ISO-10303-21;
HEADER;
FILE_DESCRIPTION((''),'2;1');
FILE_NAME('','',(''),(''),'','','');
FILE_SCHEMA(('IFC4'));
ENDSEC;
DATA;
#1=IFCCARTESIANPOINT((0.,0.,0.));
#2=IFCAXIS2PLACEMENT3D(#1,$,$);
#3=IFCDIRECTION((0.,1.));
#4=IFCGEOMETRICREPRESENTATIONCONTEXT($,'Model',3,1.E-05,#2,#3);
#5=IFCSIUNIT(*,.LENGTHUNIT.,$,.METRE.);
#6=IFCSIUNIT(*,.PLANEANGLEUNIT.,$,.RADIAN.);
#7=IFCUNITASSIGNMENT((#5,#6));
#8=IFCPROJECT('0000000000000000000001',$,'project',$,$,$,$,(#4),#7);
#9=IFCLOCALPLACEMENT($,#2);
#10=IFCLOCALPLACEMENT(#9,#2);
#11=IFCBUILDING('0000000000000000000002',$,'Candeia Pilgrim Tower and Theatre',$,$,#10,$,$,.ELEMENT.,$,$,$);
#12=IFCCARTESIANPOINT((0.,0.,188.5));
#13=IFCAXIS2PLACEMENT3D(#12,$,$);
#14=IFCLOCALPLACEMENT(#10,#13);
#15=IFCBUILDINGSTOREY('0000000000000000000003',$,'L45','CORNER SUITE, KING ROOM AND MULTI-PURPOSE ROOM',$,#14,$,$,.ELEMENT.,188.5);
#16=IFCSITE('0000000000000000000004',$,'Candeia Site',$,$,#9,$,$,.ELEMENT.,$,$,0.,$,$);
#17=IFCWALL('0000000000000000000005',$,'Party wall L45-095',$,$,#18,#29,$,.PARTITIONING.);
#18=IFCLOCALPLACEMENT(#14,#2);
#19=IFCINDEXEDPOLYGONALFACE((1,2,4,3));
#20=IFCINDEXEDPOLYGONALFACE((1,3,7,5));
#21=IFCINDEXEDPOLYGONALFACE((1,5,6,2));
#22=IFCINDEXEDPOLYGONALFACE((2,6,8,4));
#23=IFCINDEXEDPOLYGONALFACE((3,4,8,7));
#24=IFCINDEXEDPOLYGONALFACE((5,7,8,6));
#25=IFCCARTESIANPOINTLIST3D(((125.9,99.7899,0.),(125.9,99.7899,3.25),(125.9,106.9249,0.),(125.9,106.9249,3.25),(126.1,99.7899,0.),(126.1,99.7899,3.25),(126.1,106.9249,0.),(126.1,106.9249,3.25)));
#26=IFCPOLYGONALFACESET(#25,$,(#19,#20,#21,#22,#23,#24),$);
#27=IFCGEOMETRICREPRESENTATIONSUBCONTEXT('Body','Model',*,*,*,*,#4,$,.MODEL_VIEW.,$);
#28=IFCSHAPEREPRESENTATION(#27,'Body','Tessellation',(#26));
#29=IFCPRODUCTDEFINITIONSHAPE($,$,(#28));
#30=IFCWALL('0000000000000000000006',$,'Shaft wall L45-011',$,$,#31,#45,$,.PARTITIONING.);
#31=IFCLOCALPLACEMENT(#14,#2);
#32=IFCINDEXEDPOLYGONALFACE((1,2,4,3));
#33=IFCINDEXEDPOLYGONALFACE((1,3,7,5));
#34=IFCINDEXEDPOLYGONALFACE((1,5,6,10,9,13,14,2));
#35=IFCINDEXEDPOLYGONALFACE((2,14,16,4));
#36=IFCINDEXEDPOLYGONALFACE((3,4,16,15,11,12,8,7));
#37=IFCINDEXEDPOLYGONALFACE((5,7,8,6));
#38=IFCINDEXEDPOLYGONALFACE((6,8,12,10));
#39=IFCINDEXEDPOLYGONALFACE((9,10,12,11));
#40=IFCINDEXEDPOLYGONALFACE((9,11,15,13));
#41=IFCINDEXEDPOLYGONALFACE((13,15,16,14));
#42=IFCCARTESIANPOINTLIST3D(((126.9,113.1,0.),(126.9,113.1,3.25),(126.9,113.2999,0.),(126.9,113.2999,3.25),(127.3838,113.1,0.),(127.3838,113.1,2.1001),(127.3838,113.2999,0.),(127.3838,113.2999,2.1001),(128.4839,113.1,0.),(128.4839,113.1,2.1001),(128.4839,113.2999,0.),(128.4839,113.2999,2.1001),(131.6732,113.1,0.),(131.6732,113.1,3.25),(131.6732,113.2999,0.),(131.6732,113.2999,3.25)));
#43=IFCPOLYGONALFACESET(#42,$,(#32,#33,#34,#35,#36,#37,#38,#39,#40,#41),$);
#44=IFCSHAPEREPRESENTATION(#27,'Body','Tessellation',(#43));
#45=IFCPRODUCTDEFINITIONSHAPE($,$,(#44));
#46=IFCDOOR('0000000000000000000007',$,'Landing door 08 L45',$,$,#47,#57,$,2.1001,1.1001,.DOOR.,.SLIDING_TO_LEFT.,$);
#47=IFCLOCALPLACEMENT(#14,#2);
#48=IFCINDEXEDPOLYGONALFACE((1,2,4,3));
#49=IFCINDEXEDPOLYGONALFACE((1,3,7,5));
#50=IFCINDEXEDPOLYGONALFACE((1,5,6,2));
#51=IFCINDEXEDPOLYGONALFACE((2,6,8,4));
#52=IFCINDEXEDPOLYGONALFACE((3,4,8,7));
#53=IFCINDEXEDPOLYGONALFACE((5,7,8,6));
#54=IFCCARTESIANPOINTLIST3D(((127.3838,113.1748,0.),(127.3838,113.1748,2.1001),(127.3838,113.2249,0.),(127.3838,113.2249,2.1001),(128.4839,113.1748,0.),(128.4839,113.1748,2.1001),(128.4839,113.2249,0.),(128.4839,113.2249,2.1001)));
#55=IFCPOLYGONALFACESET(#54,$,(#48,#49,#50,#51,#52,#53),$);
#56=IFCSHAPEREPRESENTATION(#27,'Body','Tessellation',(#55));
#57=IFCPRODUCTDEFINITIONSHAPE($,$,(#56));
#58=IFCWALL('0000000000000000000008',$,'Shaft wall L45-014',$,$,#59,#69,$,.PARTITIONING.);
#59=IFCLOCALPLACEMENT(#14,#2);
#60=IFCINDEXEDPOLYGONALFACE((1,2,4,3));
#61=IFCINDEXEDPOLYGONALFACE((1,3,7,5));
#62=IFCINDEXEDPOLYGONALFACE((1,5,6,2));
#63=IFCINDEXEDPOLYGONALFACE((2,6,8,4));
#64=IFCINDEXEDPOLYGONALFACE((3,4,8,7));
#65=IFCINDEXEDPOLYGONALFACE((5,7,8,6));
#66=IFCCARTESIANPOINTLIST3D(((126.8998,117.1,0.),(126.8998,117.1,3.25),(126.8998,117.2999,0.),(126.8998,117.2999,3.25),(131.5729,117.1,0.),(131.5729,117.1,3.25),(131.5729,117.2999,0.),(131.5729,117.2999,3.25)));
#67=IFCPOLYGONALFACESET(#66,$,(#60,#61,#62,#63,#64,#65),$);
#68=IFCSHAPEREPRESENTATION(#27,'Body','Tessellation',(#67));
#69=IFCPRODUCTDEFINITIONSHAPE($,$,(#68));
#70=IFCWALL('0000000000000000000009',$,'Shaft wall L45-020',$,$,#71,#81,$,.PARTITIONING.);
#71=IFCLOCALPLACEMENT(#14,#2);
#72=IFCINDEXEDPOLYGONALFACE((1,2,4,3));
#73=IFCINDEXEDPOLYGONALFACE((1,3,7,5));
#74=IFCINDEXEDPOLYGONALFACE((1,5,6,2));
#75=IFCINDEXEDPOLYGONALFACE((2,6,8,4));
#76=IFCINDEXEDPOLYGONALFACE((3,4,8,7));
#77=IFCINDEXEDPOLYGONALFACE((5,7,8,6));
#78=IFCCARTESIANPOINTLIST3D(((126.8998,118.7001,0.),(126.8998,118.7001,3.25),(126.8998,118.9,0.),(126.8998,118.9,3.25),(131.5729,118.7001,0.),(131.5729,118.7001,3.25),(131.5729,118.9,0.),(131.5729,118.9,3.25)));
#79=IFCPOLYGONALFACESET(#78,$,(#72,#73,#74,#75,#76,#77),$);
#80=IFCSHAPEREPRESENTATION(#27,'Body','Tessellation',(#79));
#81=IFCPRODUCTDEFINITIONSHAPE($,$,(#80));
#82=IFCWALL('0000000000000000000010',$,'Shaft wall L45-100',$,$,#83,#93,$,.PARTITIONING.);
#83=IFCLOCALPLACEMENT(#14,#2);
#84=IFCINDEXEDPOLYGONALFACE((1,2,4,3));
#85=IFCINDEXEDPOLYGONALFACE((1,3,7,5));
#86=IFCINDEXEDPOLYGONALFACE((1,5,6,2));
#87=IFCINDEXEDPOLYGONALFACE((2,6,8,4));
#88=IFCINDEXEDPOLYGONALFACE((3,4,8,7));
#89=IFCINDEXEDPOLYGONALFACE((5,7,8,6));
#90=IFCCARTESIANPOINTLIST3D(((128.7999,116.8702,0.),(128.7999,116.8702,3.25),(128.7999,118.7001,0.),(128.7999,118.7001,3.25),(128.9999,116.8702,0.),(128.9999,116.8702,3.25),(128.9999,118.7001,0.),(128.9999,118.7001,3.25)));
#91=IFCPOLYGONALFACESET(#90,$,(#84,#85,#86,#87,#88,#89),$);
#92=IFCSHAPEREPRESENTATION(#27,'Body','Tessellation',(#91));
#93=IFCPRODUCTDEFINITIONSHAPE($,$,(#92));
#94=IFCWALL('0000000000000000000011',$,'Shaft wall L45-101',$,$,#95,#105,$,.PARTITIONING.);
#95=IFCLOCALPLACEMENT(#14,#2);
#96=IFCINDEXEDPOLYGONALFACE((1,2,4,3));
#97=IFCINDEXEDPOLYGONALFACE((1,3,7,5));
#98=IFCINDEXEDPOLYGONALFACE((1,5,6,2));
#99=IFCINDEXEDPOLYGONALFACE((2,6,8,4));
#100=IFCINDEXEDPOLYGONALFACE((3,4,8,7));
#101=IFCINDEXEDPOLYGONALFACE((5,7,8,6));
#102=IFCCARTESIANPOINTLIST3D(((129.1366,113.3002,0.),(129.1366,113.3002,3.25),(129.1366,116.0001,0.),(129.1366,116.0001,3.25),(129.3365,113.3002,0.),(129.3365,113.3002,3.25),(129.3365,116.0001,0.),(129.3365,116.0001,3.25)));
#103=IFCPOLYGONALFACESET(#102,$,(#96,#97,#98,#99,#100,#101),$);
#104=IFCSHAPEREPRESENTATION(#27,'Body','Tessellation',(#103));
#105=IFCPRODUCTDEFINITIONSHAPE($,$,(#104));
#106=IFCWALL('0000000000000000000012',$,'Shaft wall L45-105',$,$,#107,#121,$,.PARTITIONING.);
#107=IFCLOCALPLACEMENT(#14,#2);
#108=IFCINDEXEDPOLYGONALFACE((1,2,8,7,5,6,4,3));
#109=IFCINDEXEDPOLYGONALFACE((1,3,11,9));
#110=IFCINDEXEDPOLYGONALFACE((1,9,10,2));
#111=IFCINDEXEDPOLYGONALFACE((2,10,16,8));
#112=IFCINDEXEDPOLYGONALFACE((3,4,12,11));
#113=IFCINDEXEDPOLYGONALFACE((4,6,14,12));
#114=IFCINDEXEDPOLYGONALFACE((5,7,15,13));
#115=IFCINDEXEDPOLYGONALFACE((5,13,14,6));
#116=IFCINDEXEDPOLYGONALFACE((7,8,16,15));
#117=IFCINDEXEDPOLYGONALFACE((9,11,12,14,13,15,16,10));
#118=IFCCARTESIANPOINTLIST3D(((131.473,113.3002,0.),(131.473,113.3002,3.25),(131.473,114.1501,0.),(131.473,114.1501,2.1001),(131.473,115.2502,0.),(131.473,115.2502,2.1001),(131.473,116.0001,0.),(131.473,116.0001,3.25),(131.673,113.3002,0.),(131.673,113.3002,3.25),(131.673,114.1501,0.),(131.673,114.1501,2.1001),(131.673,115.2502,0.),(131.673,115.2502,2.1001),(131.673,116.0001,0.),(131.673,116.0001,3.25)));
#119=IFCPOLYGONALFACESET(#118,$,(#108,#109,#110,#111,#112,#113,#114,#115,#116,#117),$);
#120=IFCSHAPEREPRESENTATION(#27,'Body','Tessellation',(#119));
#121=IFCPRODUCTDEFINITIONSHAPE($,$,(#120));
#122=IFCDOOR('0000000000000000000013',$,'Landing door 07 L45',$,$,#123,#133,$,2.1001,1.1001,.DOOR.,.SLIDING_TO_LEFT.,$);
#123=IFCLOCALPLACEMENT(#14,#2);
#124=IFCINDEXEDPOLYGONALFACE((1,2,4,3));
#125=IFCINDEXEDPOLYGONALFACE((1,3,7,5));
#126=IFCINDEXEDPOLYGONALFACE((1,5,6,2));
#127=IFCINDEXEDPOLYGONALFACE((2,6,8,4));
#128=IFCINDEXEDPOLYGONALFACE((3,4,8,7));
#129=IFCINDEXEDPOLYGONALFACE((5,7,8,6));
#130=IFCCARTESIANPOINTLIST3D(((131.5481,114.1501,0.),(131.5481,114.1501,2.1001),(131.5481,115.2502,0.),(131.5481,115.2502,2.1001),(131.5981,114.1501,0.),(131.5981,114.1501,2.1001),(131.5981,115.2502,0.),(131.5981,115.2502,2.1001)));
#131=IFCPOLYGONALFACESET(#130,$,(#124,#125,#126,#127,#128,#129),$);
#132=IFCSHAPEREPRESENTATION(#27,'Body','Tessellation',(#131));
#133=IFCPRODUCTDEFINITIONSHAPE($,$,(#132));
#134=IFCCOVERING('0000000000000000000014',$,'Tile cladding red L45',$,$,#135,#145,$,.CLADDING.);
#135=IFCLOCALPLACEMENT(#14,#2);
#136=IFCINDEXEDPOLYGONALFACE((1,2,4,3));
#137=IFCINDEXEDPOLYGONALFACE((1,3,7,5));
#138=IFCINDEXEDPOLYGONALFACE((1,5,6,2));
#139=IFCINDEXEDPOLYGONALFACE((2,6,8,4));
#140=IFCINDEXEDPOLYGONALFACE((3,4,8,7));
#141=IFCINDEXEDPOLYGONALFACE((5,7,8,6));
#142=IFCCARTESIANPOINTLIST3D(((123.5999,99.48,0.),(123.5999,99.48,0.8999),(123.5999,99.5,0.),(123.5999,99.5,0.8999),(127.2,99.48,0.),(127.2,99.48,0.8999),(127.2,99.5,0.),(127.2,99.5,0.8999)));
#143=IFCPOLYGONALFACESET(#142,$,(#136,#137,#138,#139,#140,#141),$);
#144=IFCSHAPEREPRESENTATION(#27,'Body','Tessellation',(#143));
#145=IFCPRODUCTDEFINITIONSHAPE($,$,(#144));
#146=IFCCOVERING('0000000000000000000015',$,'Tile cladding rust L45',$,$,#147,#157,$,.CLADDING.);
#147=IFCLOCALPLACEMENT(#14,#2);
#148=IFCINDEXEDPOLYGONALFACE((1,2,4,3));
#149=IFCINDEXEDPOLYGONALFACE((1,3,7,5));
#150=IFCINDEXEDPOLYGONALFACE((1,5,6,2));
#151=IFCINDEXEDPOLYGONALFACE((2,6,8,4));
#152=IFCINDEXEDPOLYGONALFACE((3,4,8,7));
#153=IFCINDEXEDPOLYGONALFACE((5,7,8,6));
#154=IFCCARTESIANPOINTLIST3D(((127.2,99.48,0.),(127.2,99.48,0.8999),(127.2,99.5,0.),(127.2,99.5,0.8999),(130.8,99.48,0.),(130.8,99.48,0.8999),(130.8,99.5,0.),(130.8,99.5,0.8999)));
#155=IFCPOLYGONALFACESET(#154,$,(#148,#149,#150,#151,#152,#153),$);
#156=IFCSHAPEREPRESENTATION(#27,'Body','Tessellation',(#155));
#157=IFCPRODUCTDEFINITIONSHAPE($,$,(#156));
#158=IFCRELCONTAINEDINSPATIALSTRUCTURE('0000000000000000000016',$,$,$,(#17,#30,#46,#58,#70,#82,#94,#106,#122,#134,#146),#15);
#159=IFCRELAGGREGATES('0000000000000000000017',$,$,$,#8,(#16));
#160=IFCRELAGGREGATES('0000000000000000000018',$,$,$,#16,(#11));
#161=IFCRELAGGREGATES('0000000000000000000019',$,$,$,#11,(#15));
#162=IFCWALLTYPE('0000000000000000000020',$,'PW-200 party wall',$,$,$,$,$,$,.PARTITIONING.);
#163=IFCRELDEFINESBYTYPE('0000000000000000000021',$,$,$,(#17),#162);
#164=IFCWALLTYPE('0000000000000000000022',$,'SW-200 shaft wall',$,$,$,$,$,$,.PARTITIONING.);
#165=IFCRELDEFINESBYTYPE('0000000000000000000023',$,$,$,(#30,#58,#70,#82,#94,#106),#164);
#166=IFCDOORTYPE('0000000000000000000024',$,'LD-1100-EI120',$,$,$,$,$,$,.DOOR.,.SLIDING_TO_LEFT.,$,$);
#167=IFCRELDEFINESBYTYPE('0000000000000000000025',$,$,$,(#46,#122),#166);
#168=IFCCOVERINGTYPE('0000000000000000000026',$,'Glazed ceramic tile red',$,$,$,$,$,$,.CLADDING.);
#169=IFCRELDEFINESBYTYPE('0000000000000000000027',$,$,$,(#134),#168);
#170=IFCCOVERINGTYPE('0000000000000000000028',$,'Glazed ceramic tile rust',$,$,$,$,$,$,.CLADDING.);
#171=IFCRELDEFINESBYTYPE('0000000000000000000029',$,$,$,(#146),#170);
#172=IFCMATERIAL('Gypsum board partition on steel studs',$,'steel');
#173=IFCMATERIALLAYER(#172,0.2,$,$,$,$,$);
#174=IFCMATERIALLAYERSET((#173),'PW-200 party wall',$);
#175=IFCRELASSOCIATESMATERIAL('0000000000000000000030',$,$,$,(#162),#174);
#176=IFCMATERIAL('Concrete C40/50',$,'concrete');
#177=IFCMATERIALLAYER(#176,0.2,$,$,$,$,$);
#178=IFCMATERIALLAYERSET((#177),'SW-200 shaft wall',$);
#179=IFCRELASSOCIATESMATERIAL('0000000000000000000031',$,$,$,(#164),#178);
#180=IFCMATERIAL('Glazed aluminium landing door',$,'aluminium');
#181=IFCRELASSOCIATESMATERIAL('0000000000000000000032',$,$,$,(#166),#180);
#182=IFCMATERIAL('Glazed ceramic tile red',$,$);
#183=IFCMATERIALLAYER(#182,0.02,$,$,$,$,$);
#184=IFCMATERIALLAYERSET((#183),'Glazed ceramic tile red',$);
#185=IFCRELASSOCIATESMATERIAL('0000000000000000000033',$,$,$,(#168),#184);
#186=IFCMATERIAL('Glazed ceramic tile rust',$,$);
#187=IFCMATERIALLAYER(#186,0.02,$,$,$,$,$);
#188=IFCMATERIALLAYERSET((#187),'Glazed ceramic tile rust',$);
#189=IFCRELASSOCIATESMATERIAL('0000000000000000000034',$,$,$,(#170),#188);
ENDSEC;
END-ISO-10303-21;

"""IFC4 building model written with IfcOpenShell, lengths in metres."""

from ifc_helpers import new_model, si_unit, direction, frame, frame_2d, origin, origin_2d, place, context, subcontext, project, spatial, rectangle, extrude, material, layer, layer_set, type_object, element, fill, save


model = new_model("IFC4")

# Units and contexts
model_context = context("Model", 3, precision=1e-05, world=origin(), true_north=direction((0.0, 1.0)))
body_context = subcontext(model_context, "Body", "Model", "MODEL_VIEW")
ifc_project = project(units=[si_unit("LENGTHUNIT", "METRE"), si_unit("PLANEANGLEUNIT", "RADIAN")], contexts=[model_context])

# Site, building, storey
site_placement = place(None, origin())
site = spatial("IfcSite", under=ifc_project, at=site_placement, Name="Candeia Site", CompositionType="ELEMENT", RefElevation=0.0)
building_placement = place(site_placement, origin())
building = spatial("IfcBuilding", under=site, at=building_placement, Name="Candeia Pilgrim Tower and Theatre", CompositionType="ELEMENT")
storey_placement = place(building_placement, frame((0.0, 0.0, 188.5)))
storey = spatial("IfcBuildingStorey", under=building, at=storey_placement, Name="L45", Description="CORNER SUITE, KING ROOM AND MULTI-PURPOSE ROOM", CompositionType="ELEMENT", Elevation=188.5)

# Shared definitions
ifc_material_1 = material(Name="Gypsum board partition on steel studs", Category="steel")

# Wall
ifc_layer_1 = layer(ifc_material_1, 0.2)
ifc_layer_set_1 = layer_set([ifc_layer_1], Name="PW-200 party wall")
wall_type_1 = type_object("IfcWallType", Name="PW-200 party wall", PredefinedType="PARTITIONING", material=ifc_layer_set_1)
wall_1_placement = place(storey_placement, frame((126.0, 99.79, 0.0), z_axis=(0.0, 0.0, 1.0), x_axis=(0.0, 1.0, 0.0)))
element("IfcWall", 1, at=wall_1_placement, inside=storey, type_object=wall_type_1, Name="Party wall L45-095", PredefinedType="PARTITIONING", context=body_context, shape_type="SweptSolid", body=[
    extrude(rectangle(XDim=7.135, YDim=0.2, at=frame_2d((3.5674, 0.0))), origin(), (0.0, 0.0, 1.0), 3.25),
])

# Wall, opening, door
ifc_material_2 = material(Name="Concrete C40/50", Category="concrete")
ifc_layer_2 = layer(ifc_material_2, 0.2)
ifc_layer_set_2 = layer_set([ifc_layer_2], Name="SW-200 shaft wall")
wall_type_2 = type_object("IfcWallType", Name="SW-200 shaft wall", PredefinedType="PARTITIONING", material=ifc_layer_set_2)
wall_2_placement = place(storey_placement, frame((126.8999, 113.2, 0.0), z_axis=(0.0, 0.0, 1.0), x_axis=(1.0, 0.0, 0.0)))
wall_2 = element("IfcWall", 2, at=wall_2_placement, inside=storey, type_object=wall_type_2, Name="Shaft wall L45-011", PredefinedType="PARTITIONING", context=body_context, shape_type="SweptSolid", body=[
    extrude(rectangle(XDim=4.7732, YDim=0.2, at=frame_2d((2.3867, 0.0))), origin(), (0.0, 0.0, 1.0), 3.25),
])
opening_1_placement = place(wall_2_placement, frame((0.4839, 0.0, 0.0)))
opening_1 = element("IfcOpeningElement", 3, at=opening_1_placement, cuts=wall_2, PredefinedType="OPENING", context=body_context, shape_type="SweptSolid", body=[
    extrude(rectangle(XDim=1.1001, YDim=2.1001, at=frame_2d((0.55, 1.05))), frame((0.0, 0.1099, 0.0), z_axis=(0.0, -1.0, 0.0), x_axis=(1.0, 0.0, 0.0)), (0.0, 0.0, 1.0), 0.22),
])
ifc_material_3 = material(Name="Glazed aluminium landing door", Category="aluminium")
door_type_1 = type_object("IfcDoorType", Name="LD-1100-EI120", OperationType="SLIDING_TO_LEFT", PredefinedType="DOOR", material=ifc_material_3)
door_1_placement = place(opening_1_placement, origin())
door_1 = element("IfcDoor", 4, at=door_1_placement, inside=storey, type_object=door_type_1, Name="Landing door 08 L45", OperationType="SLIDING_TO_LEFT", OverallHeight=2.1001, OverallWidth=1.1001, PredefinedType="DOOR", context=body_context, shape_type="SweptSolid", body=[
    extrude(rectangle(XDim=1.1001, YDim=2.1001, at=frame_2d((0.55, 1.05))), frame((0.0, 0.0249, 0.0), z_axis=(0.0, -1.0, 0.0), x_axis=(1.0, 0.0, 0.0)), (0.0, 0.0, 1.0), 0.05),
])
fill(opening_1, door_1)

# Walls
for number, where, z_axis, x_axis, name in (
    (5, (126.8999, 117.2, 0.0), (0.0, 0.0, 1.0), (1.0, 0.0, 0.0), "Shaft wall L45-014"),
    (6, (126.8999, 118.8, 0.0), (0.0, 0.0, 1.0), (1.0, 0.0, 0.0), "Shaft wall L45-020"),
):
    element("IfcWall", number, at=place(storey_placement, frame(where, z_axis=z_axis, x_axis=x_axis)), inside=storey, type_object=wall_type_2, Name=name, PredefinedType="PARTITIONING", context=body_context, shape_type="SweptSolid", body=[
        extrude(rectangle(XDim=4.6731, YDim=0.2, at=frame_2d((2.3364, 0.0))), origin(), (0.0, 0.0, 1.0), 3.25),
    ])
wall_3_placement = place(storey_placement, frame((128.8999, 116.8701, 0.0), z_axis=(0.0, 0.0, 1.0), x_axis=(0.0, 1.0, 0.0)))
element("IfcWall", 7, at=wall_3_placement, inside=storey, type_object=wall_type_2, Name="Shaft wall L45-100", PredefinedType="PARTITIONING", context=body_context, shape_type="SweptSolid", body=[
    extrude(rectangle(XDim=1.8298, YDim=0.2, at=frame_2d((0.915, 0.0))), origin(), (0.0, 0.0, 1.0), 3.25),
])
wall_4_placement = place(storey_placement, frame((129.2366, 113.3, 0.0), z_axis=(0.0, 0.0, 1.0), x_axis=(0.0, 1.0, 0.0)))
element("IfcWall", 8, at=wall_4_placement, inside=storey, type_object=wall_type_2, Name="Shaft wall L45-101", PredefinedType="PARTITIONING", context=body_context, shape_type="SweptSolid", body=[
    extrude(rectangle(XDim=2.7, YDim=0.2, at=frame_2d((1.3501, 0.0))), origin(), (0.0, 0.0, 1.0), 3.25),
])

# Wall, opening, door
wall_5_placement = place(storey_placement, frame((131.573, 113.3, 0.0), z_axis=(0.0, 0.0, 1.0), x_axis=(0.0, 1.0, 0.0)))
wall_5 = element("IfcWall", 9, at=wall_5_placement, inside=storey, type_object=wall_type_2, Name="Shaft wall L45-105", PredefinedType="PARTITIONING", context=body_context, shape_type="SweptSolid", body=[
    extrude(rectangle(XDim=2.7, YDim=0.2, at=frame_2d((1.3501, 0.0))), origin(), (0.0, 0.0, 1.0), 3.25),
])
opening_2_placement = place(wall_5_placement, frame((0.8501, 0.0, 0.0)))
opening_2 = element("IfcOpeningElement", 10, at=opening_2_placement, cuts=wall_5, PredefinedType="OPENING", context=body_context, shape_type="SweptSolid", body=[
    extrude(rectangle(XDim=1.1001, YDim=2.1001, at=frame_2d((0.55, 1.05))), frame((0.0, 0.1099, 0.0), z_axis=(0.0, -1.0, 0.0), x_axis=(1.0, 0.0, 0.0)), (0.0, 0.0, 1.0), 0.22),
])
door_2_placement = place(opening_2_placement, origin())
door_2 = element("IfcDoor", 11, at=door_2_placement, inside=storey, type_object=door_type_1, Name="Landing door 07 L45", OperationType="SLIDING_TO_LEFT", OverallHeight=2.1001, OverallWidth=1.1001, PredefinedType="DOOR", context=body_context, shape_type="SweptSolid", body=[
    extrude(rectangle(XDim=1.1001, YDim=2.1001, at=frame_2d((0.55, 1.05))), frame((0.0, 0.0249, 0.0), z_axis=(0.0, -1.0, 0.0), x_axis=(1.0, 0.0, 0.0)), (0.0, 0.0, 1.0), 0.05),
])
fill(opening_2, door_2)

# Coverings
ifc_material_4 = material(Name="Glazed ceramic tile red")
ifc_layer_3 = layer(ifc_material_4, 0.02)
ifc_layer_set_3 = layer_set([ifc_layer_3], Name="Glazed ceramic tile red")
covering_type_1 = type_object("IfcCoveringType", Name="Glazed ceramic tile red", PredefinedType="CLADDING", material=ifc_layer_set_3)
covering_1_placement = place(storey_placement, frame((125.3999, 99.49, 0.0), z_axis=(0.0, 0.0, 1.0), x_axis=(1.0, 0.0, 0.0)))
element("IfcCovering", 12, at=covering_1_placement, inside=storey, type_object=covering_type_1, Name="Tile cladding red L45", PredefinedType="CLADDING", context=body_context, shape_type="SweptSolid", body=[
    extrude(rectangle(XDim=3.6001, YDim=0.02, at=origin_2d()), origin(), (0.0, 0.0, 1.0), 0.8999),
])
ifc_material_5 = material(Name="Glazed ceramic tile rust")
ifc_layer_4 = layer(ifc_material_5, 0.02)
ifc_layer_set_4 = layer_set([ifc_layer_4], Name="Glazed ceramic tile rust")
covering_type_2 = type_object("IfcCoveringType", Name="Glazed ceramic tile rust", PredefinedType="CLADDING", material=ifc_layer_set_4)
covering_2_placement = place(storey_placement, frame((129.0, 99.49, 0.0), z_axis=(0.0, 0.0, 1.0), x_axis=(1.0, 0.0, 0.0)))
element("IfcCovering", 13, at=covering_2_placement, inside=storey, type_object=covering_type_2, Name="Tile cladding rust L45", PredefinedType="CLADDING", context=body_context, shape_type="SweptSolid", body=[
    extrude(rectangle(XDim=3.6001, YDim=0.02, at=origin_2d()), origin(), (0.0, 0.0, 1.0), 0.8999),
])

save(model, "model.ifc")
